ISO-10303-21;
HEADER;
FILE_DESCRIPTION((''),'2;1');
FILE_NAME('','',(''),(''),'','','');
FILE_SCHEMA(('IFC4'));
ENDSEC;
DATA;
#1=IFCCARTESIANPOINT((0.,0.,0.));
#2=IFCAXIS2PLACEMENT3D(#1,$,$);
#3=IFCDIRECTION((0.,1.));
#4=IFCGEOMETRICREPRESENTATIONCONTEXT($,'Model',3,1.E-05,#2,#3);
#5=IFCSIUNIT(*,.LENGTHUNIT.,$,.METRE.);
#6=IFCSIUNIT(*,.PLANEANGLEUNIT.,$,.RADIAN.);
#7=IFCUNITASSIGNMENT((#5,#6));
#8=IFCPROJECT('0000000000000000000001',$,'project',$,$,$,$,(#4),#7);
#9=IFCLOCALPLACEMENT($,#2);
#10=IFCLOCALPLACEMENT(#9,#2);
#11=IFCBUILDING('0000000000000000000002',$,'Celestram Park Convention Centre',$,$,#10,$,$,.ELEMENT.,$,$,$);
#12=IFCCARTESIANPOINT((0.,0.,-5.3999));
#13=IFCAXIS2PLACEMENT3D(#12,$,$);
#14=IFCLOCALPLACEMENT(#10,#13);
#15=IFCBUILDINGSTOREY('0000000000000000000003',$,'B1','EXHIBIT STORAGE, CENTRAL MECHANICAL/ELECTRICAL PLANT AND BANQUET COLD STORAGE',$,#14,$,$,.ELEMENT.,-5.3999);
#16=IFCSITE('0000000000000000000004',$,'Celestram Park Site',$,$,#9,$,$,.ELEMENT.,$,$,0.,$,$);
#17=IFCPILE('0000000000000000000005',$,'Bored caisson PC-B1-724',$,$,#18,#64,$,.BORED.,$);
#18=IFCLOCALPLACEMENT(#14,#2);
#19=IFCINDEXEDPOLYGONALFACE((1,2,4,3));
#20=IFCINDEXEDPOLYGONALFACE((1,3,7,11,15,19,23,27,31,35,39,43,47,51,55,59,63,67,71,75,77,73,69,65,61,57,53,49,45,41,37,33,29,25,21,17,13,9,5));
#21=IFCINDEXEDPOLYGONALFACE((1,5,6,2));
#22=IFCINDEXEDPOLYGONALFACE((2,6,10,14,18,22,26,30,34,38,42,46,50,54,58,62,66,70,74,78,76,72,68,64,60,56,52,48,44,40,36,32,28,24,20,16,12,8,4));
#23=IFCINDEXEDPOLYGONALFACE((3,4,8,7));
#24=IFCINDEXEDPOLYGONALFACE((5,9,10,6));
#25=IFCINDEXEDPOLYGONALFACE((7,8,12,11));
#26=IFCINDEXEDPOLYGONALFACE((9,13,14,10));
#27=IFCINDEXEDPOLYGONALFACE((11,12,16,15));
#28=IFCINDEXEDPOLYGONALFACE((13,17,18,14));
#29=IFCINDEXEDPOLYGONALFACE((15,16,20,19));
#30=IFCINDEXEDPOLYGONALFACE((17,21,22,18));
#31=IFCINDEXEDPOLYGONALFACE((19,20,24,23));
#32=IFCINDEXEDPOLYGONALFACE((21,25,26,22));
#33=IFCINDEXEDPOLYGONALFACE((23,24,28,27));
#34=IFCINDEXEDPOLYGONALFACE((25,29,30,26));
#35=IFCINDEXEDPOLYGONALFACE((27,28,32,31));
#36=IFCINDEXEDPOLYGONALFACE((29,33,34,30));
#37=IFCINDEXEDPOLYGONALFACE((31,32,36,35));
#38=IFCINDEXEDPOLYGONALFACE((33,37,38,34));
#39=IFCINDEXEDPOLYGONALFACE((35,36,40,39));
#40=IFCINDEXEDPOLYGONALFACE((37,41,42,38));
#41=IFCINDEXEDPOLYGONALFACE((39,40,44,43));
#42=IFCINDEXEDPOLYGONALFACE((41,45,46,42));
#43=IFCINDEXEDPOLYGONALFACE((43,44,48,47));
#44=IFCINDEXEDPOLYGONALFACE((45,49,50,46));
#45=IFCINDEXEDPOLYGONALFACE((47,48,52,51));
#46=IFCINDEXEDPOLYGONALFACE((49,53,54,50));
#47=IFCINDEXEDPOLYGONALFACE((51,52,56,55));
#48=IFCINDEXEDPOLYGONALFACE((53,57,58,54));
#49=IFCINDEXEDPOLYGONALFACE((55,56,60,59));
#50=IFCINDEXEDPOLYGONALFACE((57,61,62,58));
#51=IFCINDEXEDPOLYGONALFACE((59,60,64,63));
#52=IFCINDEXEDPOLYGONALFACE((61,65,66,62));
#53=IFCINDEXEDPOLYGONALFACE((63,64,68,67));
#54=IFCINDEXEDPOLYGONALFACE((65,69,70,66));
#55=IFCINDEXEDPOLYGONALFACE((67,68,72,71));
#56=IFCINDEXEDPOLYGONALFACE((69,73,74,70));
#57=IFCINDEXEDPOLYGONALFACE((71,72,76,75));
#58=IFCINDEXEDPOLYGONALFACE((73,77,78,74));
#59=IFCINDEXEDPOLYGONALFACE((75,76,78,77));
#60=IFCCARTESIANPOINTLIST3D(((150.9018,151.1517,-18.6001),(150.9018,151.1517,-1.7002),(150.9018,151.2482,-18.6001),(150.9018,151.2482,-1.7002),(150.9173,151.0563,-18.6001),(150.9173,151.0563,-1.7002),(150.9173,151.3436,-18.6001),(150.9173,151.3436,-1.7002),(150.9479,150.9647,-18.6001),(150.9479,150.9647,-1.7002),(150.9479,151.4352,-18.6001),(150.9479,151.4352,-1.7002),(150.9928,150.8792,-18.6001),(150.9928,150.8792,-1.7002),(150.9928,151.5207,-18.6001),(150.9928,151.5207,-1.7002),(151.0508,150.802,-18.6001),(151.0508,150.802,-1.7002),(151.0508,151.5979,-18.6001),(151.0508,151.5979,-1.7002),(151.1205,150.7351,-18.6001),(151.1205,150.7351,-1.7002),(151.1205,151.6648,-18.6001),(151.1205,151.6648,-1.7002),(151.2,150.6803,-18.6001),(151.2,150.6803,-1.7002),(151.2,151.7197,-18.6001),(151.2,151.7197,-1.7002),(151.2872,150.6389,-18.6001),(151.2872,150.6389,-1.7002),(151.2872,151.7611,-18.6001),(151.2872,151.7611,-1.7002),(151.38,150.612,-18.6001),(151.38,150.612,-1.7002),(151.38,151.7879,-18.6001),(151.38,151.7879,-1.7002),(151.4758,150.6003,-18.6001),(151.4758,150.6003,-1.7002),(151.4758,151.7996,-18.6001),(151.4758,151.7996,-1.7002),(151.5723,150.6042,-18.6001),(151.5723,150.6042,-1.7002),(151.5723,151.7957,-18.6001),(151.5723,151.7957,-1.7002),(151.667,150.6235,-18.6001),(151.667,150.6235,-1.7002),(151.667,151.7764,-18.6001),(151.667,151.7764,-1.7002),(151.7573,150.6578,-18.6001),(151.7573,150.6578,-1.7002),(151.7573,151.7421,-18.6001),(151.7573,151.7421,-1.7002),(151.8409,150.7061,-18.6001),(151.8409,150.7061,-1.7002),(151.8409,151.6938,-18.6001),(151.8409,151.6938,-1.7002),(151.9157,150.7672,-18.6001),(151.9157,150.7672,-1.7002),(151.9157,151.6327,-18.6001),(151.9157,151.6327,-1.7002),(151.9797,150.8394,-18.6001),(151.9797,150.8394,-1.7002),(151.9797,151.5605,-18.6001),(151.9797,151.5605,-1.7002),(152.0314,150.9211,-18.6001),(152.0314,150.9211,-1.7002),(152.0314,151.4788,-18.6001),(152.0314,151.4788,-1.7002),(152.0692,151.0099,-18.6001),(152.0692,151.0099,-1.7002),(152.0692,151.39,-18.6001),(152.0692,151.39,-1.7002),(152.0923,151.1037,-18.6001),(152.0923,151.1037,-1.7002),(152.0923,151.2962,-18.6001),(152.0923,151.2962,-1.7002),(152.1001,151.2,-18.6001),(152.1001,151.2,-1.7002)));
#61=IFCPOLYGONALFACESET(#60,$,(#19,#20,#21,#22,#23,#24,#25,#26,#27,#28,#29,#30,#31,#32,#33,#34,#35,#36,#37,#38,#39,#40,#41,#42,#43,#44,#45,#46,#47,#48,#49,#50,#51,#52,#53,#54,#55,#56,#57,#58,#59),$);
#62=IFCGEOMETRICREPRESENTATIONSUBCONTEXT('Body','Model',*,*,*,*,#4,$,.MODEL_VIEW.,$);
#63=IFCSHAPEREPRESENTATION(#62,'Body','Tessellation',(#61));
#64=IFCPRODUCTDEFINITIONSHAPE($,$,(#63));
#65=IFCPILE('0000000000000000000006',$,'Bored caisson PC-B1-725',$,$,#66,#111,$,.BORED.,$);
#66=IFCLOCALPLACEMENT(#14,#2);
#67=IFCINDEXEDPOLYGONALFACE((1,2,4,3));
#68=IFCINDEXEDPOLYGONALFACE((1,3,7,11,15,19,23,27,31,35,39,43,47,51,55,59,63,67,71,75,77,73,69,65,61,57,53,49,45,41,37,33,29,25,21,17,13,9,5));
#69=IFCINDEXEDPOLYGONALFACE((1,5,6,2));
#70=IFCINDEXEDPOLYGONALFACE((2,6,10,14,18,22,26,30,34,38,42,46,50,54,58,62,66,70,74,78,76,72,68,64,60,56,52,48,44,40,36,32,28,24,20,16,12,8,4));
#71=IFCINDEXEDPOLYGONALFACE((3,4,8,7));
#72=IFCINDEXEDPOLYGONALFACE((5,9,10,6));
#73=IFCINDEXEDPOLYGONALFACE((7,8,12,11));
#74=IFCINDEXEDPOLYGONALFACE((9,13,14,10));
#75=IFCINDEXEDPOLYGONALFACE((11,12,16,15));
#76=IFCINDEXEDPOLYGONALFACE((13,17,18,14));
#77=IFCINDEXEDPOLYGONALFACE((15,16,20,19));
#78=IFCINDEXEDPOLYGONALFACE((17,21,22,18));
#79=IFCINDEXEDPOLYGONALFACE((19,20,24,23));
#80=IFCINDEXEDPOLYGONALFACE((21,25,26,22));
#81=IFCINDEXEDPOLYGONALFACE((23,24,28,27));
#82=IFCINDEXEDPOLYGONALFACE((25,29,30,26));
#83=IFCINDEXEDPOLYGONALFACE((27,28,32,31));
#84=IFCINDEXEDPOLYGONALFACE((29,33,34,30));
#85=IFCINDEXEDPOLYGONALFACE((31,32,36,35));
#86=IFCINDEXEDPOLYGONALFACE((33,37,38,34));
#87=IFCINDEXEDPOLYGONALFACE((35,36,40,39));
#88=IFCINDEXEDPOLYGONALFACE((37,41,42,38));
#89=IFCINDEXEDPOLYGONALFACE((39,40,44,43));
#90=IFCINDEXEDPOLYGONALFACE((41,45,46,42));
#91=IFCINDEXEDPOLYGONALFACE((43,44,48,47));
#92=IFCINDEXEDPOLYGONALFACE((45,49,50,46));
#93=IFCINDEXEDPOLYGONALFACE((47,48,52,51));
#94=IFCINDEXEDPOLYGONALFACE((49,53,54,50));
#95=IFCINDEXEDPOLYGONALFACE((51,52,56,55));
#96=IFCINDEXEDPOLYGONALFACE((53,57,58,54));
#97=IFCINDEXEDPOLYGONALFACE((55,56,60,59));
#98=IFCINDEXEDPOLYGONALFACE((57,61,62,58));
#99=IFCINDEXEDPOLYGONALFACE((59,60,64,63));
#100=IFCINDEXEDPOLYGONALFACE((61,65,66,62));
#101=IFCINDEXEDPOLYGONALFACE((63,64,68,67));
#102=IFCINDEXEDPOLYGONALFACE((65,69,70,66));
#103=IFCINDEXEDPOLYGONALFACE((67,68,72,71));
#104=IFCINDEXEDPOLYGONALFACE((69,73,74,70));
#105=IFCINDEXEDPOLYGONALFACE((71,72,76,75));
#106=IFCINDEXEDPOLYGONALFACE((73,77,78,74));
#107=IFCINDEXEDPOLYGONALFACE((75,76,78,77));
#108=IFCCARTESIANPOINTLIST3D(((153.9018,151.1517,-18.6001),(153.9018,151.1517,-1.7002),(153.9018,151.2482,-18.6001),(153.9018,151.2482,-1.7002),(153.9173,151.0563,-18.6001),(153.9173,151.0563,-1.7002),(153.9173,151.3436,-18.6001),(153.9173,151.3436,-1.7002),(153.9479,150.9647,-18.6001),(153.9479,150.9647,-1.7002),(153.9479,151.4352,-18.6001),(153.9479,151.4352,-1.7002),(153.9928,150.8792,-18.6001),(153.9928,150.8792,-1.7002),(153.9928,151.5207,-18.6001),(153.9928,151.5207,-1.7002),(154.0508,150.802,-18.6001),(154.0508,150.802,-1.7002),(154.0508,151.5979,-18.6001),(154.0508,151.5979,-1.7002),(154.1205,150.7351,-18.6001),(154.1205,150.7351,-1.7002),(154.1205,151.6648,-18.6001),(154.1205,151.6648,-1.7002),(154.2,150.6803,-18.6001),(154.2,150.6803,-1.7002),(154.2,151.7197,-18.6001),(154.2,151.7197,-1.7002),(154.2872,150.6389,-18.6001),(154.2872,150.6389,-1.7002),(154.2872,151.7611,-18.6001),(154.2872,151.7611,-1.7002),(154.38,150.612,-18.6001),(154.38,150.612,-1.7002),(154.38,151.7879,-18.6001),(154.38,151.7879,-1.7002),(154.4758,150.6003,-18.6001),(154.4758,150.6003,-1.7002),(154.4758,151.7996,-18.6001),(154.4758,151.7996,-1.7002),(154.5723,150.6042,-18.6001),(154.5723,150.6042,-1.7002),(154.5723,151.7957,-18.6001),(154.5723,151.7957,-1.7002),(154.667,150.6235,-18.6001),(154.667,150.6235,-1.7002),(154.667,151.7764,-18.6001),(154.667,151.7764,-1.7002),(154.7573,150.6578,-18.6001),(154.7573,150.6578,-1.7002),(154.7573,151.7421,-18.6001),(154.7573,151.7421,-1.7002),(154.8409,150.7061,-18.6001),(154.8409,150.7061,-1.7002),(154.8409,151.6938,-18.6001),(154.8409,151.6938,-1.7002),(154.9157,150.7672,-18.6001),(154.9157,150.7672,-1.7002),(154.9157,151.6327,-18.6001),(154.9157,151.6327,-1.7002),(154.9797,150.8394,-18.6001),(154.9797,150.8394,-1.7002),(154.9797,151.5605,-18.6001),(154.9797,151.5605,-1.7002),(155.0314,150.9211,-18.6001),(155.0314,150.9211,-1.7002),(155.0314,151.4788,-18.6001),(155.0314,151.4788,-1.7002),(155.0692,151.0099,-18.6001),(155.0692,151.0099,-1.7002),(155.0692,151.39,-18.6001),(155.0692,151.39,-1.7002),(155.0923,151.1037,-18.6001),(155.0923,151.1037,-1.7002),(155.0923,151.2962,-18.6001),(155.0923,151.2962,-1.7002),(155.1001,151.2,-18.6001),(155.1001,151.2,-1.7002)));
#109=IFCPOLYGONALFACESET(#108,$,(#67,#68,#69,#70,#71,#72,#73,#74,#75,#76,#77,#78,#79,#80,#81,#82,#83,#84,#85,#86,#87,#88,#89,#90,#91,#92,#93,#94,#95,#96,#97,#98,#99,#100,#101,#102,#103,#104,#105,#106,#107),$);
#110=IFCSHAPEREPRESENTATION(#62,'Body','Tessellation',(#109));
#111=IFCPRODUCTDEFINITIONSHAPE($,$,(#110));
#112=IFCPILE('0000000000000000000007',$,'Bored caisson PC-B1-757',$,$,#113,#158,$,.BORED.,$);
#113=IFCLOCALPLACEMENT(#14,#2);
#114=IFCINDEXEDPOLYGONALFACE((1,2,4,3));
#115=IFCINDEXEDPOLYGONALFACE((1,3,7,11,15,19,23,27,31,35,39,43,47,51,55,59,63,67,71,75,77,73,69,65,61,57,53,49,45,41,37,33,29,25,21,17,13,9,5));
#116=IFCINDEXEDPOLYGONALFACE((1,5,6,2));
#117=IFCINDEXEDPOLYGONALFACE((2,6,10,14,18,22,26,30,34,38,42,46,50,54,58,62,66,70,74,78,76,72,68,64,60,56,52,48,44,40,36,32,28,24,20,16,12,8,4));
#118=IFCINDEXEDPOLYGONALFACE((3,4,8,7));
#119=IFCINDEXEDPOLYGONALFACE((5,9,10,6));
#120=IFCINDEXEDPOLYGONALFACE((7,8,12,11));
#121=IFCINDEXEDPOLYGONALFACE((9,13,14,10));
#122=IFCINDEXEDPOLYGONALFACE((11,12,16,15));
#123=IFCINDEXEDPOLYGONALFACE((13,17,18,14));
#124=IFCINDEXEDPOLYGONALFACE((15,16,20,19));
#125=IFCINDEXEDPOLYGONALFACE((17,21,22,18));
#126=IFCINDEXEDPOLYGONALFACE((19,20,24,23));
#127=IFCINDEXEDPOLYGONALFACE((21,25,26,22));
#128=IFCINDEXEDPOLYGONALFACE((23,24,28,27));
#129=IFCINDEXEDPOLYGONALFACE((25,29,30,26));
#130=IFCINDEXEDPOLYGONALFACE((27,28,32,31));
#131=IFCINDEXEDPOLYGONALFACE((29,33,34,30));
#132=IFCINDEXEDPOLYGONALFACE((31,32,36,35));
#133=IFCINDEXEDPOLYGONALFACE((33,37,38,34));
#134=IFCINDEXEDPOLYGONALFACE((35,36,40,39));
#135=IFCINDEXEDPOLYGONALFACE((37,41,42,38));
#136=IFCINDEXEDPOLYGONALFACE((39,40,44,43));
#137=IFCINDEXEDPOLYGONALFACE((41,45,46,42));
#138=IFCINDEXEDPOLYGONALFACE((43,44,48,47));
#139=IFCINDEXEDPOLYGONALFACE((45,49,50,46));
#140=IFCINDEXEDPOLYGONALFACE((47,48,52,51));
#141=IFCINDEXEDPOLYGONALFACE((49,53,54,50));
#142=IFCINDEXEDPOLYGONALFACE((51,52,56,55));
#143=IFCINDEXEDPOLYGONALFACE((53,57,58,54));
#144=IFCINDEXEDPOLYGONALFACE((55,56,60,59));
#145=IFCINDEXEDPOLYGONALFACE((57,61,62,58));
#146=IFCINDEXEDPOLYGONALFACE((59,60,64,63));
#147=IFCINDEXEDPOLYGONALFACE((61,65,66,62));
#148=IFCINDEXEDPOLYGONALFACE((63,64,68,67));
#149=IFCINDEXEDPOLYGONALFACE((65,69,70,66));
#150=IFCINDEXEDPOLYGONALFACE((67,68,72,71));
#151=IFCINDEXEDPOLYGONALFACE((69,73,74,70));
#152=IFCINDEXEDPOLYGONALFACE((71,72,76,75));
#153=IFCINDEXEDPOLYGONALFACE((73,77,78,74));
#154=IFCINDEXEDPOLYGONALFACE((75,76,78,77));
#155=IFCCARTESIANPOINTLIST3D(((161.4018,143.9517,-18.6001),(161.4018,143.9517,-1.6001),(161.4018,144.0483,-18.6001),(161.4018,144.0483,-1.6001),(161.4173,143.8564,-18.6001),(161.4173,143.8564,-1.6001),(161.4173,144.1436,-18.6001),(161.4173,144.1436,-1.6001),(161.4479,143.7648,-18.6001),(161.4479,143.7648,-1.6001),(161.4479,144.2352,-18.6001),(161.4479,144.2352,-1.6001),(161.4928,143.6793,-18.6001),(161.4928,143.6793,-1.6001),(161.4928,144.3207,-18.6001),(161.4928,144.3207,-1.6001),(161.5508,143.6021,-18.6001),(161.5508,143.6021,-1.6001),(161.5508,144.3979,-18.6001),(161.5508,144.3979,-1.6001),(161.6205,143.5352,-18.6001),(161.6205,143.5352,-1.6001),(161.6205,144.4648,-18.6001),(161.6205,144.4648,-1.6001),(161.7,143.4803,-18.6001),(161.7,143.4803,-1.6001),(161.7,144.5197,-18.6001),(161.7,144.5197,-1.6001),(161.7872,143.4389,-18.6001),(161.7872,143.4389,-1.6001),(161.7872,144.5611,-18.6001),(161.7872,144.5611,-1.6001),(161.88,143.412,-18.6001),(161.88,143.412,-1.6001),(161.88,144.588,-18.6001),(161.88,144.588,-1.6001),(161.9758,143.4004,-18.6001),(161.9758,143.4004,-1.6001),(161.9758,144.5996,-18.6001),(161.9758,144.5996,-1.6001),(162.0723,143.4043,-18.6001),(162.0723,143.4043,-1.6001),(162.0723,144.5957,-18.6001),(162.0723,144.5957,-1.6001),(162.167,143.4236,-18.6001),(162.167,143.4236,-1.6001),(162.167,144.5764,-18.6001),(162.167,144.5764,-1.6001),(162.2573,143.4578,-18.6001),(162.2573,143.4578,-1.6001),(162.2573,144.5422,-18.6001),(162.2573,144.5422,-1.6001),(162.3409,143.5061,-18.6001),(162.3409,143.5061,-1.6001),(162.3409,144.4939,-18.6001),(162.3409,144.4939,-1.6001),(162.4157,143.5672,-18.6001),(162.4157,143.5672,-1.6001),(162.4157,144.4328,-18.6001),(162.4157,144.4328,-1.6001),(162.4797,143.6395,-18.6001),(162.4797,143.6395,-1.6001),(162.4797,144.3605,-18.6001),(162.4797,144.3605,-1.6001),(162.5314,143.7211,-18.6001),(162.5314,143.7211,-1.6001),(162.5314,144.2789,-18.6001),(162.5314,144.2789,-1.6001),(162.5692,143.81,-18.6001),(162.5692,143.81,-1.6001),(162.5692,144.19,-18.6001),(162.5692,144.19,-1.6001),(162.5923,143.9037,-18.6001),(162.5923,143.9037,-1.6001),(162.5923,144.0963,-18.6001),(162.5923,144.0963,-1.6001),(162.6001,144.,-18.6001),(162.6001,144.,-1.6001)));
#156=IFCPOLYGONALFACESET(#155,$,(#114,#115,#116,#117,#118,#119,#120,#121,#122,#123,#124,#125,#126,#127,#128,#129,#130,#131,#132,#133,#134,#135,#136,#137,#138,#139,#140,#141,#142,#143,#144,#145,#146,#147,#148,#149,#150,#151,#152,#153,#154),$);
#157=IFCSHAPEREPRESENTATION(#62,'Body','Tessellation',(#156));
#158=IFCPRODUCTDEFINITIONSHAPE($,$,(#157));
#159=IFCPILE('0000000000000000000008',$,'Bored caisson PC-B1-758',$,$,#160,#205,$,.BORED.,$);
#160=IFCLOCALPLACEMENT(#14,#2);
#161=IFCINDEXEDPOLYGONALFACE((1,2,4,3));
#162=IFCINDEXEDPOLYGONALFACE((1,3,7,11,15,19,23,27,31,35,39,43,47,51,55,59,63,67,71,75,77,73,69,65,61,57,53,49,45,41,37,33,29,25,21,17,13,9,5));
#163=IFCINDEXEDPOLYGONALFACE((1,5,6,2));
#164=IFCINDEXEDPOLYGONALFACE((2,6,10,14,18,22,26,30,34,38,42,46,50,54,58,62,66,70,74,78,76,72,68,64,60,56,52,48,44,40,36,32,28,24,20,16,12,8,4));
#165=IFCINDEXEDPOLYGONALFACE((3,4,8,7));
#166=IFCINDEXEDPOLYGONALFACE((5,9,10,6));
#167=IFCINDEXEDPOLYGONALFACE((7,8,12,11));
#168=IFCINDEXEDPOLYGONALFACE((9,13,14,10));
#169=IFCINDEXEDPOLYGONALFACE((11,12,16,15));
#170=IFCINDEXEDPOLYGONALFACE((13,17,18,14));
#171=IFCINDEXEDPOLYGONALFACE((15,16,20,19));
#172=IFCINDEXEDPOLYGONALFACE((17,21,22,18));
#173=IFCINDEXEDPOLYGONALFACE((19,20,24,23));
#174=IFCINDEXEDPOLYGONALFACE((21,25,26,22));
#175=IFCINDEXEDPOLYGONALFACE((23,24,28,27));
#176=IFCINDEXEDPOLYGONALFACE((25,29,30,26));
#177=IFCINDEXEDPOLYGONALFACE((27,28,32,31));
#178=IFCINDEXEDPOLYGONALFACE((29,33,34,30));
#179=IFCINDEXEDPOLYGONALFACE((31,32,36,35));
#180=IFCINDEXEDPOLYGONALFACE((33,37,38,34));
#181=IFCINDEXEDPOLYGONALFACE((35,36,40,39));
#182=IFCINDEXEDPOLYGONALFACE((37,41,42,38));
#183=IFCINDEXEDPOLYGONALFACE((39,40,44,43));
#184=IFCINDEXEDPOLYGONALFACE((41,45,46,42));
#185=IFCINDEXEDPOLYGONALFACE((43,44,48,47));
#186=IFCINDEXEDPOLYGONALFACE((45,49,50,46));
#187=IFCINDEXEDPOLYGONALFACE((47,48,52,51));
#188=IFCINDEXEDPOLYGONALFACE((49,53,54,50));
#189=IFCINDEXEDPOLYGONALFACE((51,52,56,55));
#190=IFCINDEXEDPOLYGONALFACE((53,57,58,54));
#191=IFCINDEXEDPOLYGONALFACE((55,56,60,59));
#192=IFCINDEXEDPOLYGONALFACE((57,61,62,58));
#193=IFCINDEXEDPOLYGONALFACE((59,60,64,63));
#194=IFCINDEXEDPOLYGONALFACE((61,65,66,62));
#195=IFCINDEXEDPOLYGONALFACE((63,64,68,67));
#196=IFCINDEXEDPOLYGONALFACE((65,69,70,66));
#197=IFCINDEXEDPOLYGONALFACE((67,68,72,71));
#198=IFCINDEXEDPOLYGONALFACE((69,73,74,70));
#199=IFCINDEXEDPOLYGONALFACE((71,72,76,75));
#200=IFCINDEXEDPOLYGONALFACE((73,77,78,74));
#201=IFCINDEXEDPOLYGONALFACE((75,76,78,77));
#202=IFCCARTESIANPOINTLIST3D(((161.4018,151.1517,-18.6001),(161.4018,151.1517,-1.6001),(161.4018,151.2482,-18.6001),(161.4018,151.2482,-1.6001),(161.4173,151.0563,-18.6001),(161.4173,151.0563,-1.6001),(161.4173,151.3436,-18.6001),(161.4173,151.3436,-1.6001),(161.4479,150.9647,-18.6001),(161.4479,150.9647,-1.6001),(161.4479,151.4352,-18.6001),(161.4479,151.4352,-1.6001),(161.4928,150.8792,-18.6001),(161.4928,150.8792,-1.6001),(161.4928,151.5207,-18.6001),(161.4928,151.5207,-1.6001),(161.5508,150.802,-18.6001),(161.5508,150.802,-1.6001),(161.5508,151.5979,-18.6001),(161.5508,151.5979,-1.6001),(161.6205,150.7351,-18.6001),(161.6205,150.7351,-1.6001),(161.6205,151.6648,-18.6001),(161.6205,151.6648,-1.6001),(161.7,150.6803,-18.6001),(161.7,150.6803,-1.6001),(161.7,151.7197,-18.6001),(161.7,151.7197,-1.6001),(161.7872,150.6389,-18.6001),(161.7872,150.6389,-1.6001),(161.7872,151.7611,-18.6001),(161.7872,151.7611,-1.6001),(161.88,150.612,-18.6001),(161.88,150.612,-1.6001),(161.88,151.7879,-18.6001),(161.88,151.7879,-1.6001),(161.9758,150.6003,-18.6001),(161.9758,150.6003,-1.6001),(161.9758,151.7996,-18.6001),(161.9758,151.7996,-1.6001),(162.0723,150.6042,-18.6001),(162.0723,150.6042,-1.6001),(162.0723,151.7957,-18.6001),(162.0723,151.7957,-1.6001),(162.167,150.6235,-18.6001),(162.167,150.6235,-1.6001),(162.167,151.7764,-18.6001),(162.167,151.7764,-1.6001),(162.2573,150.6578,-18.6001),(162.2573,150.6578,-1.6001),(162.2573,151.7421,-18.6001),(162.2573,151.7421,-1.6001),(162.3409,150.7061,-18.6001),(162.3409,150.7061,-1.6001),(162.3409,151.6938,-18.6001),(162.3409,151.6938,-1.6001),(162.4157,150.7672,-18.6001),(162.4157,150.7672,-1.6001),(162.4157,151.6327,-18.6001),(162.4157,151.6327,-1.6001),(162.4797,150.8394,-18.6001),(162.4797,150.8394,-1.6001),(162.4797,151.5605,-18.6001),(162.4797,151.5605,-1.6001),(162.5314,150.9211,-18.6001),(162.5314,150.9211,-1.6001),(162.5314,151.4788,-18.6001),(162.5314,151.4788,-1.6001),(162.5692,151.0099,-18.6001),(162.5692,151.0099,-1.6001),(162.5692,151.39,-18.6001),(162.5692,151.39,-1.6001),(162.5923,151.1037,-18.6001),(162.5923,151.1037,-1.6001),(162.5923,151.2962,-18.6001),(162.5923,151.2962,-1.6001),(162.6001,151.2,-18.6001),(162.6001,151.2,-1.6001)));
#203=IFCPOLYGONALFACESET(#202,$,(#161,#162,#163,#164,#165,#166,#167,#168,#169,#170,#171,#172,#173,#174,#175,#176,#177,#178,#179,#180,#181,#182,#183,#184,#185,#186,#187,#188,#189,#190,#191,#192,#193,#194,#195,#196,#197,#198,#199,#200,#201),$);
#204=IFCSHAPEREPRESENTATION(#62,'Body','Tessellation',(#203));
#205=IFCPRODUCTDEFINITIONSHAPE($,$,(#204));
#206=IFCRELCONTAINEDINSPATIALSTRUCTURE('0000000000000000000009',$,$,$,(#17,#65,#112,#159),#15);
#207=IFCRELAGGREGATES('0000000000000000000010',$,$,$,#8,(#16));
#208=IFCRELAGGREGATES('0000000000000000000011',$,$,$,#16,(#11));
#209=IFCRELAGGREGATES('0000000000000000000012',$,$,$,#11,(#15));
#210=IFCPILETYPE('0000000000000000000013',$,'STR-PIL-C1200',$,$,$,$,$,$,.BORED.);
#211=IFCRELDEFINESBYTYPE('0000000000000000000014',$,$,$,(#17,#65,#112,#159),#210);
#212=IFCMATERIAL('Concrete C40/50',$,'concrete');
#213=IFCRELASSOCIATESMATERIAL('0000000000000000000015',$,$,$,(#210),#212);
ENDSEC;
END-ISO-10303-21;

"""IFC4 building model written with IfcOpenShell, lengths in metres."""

from ifc_helpers import new_model, si_unit, direction, frame, origin, origin_2d, place, context, subcontext, project, spatial, circle, extrude, material, material_profile, profile_set, type_object, element, save


model = new_model("IFC4")

# Units and contexts
model_context = context("Model", 3, precision=1e-05, world=origin(), true_north=direction((0.0, 1.0)))
body_context = subcontext(model_context, "Body", "Model", "MODEL_VIEW")
ifc_project = project(units=[si_unit("LENGTHUNIT", "METRE"), si_unit("PLANEANGLEUNIT", "RADIAN")], contexts=[model_context])

# Site, building, storey
site_placement = place(None, origin())
site = spatial("IfcSite", under=ifc_project, at=site_placement, Name="Celestram Park Site", CompositionType="ELEMENT", RefElevation=0.0)
building_placement = place(site_placement, origin())
building = spatial("IfcBuilding", under=site, at=building_placement, Name="Celestram Park Convention Centre", CompositionType="ELEMENT")
storey_placement = place(building_placement, frame((0.0, 0.0, -5.3999)))
storey = spatial("IfcBuildingStorey", under=building, at=storey_placement, Name="B1", Description="EXHIBIT STORAGE, CENTRAL MECHANICAL/ELECTRICAL PLANT AND BANQUET COLD STORAGE", CompositionType="ELEMENT", Elevation=-5.3999)

# Shared definitions
ifc_material_1 = material(Name="Concrete C40/50", Category="concrete")

# Piles
ifc_material_profile_1 = material_profile(ifc_material_1, circle(Radius=0.6001, at=origin_2d()), Name="CAISSON1200")
ifc_profile_set_1 = profile_set([ifc_material_profile_1], Name="Concrete C40/50")
pile_type_1 = type_object("IfcPileType", Name="STR-PIL-C1200", PredefinedType="BORED", material=ifc_profile_set_1)
for number, where, z_axis, x_axis, name in (
    (1, (151.5, 151.2, -1.7002), (0.0, 0.0, -1.0), (1.0, 0.0, 0.0), "Bored caisson PC-B1-724"),
    (2, (154.5, 151.2, -1.7002), (0.0, 0.0, -1.0), (1.0, 0.0, 0.0), "Bored caisson PC-B1-725"),
):
    element("IfcPile", number, at=place(storey_placement, frame(where, z_axis=z_axis, x_axis=x_axis)), inside=storey, type_object=pile_type_1, Name=name, PredefinedType="BORED", context=body_context, shape_type="SweptSolid", body=[
        extrude(circle(Radius=0.6001, at=origin_2d()), origin(), (0.0, 0.0, 1.0), 16.8999),
    ])
for number, where, z_axis, x_axis, name in (
    (3, (162.0, 144.0, -1.6001), (0.0, 0.0, -1.0), (1.0, 0.0, 0.0), "Bored caisson PC-B1-757"),
    (4, (162.0, 151.2, -1.6001), (0.0, 0.0, -1.0), (1.0, 0.0, 0.0), "Bored caisson PC-B1-758"),
):
    element("IfcPile", number, at=place(storey_placement, frame(where, z_axis=z_axis, x_axis=x_axis)), inside=storey, type_object=pile_type_1, Name=name, PredefinedType="BORED", context=body_context, shape_type="SweptSolid", body=[
        extrude(circle(Radius=0.6001, at=origin_2d()), origin(), (0.0, 0.0, 1.0), 17.0),
    ])

save(model, "model.ifc")
